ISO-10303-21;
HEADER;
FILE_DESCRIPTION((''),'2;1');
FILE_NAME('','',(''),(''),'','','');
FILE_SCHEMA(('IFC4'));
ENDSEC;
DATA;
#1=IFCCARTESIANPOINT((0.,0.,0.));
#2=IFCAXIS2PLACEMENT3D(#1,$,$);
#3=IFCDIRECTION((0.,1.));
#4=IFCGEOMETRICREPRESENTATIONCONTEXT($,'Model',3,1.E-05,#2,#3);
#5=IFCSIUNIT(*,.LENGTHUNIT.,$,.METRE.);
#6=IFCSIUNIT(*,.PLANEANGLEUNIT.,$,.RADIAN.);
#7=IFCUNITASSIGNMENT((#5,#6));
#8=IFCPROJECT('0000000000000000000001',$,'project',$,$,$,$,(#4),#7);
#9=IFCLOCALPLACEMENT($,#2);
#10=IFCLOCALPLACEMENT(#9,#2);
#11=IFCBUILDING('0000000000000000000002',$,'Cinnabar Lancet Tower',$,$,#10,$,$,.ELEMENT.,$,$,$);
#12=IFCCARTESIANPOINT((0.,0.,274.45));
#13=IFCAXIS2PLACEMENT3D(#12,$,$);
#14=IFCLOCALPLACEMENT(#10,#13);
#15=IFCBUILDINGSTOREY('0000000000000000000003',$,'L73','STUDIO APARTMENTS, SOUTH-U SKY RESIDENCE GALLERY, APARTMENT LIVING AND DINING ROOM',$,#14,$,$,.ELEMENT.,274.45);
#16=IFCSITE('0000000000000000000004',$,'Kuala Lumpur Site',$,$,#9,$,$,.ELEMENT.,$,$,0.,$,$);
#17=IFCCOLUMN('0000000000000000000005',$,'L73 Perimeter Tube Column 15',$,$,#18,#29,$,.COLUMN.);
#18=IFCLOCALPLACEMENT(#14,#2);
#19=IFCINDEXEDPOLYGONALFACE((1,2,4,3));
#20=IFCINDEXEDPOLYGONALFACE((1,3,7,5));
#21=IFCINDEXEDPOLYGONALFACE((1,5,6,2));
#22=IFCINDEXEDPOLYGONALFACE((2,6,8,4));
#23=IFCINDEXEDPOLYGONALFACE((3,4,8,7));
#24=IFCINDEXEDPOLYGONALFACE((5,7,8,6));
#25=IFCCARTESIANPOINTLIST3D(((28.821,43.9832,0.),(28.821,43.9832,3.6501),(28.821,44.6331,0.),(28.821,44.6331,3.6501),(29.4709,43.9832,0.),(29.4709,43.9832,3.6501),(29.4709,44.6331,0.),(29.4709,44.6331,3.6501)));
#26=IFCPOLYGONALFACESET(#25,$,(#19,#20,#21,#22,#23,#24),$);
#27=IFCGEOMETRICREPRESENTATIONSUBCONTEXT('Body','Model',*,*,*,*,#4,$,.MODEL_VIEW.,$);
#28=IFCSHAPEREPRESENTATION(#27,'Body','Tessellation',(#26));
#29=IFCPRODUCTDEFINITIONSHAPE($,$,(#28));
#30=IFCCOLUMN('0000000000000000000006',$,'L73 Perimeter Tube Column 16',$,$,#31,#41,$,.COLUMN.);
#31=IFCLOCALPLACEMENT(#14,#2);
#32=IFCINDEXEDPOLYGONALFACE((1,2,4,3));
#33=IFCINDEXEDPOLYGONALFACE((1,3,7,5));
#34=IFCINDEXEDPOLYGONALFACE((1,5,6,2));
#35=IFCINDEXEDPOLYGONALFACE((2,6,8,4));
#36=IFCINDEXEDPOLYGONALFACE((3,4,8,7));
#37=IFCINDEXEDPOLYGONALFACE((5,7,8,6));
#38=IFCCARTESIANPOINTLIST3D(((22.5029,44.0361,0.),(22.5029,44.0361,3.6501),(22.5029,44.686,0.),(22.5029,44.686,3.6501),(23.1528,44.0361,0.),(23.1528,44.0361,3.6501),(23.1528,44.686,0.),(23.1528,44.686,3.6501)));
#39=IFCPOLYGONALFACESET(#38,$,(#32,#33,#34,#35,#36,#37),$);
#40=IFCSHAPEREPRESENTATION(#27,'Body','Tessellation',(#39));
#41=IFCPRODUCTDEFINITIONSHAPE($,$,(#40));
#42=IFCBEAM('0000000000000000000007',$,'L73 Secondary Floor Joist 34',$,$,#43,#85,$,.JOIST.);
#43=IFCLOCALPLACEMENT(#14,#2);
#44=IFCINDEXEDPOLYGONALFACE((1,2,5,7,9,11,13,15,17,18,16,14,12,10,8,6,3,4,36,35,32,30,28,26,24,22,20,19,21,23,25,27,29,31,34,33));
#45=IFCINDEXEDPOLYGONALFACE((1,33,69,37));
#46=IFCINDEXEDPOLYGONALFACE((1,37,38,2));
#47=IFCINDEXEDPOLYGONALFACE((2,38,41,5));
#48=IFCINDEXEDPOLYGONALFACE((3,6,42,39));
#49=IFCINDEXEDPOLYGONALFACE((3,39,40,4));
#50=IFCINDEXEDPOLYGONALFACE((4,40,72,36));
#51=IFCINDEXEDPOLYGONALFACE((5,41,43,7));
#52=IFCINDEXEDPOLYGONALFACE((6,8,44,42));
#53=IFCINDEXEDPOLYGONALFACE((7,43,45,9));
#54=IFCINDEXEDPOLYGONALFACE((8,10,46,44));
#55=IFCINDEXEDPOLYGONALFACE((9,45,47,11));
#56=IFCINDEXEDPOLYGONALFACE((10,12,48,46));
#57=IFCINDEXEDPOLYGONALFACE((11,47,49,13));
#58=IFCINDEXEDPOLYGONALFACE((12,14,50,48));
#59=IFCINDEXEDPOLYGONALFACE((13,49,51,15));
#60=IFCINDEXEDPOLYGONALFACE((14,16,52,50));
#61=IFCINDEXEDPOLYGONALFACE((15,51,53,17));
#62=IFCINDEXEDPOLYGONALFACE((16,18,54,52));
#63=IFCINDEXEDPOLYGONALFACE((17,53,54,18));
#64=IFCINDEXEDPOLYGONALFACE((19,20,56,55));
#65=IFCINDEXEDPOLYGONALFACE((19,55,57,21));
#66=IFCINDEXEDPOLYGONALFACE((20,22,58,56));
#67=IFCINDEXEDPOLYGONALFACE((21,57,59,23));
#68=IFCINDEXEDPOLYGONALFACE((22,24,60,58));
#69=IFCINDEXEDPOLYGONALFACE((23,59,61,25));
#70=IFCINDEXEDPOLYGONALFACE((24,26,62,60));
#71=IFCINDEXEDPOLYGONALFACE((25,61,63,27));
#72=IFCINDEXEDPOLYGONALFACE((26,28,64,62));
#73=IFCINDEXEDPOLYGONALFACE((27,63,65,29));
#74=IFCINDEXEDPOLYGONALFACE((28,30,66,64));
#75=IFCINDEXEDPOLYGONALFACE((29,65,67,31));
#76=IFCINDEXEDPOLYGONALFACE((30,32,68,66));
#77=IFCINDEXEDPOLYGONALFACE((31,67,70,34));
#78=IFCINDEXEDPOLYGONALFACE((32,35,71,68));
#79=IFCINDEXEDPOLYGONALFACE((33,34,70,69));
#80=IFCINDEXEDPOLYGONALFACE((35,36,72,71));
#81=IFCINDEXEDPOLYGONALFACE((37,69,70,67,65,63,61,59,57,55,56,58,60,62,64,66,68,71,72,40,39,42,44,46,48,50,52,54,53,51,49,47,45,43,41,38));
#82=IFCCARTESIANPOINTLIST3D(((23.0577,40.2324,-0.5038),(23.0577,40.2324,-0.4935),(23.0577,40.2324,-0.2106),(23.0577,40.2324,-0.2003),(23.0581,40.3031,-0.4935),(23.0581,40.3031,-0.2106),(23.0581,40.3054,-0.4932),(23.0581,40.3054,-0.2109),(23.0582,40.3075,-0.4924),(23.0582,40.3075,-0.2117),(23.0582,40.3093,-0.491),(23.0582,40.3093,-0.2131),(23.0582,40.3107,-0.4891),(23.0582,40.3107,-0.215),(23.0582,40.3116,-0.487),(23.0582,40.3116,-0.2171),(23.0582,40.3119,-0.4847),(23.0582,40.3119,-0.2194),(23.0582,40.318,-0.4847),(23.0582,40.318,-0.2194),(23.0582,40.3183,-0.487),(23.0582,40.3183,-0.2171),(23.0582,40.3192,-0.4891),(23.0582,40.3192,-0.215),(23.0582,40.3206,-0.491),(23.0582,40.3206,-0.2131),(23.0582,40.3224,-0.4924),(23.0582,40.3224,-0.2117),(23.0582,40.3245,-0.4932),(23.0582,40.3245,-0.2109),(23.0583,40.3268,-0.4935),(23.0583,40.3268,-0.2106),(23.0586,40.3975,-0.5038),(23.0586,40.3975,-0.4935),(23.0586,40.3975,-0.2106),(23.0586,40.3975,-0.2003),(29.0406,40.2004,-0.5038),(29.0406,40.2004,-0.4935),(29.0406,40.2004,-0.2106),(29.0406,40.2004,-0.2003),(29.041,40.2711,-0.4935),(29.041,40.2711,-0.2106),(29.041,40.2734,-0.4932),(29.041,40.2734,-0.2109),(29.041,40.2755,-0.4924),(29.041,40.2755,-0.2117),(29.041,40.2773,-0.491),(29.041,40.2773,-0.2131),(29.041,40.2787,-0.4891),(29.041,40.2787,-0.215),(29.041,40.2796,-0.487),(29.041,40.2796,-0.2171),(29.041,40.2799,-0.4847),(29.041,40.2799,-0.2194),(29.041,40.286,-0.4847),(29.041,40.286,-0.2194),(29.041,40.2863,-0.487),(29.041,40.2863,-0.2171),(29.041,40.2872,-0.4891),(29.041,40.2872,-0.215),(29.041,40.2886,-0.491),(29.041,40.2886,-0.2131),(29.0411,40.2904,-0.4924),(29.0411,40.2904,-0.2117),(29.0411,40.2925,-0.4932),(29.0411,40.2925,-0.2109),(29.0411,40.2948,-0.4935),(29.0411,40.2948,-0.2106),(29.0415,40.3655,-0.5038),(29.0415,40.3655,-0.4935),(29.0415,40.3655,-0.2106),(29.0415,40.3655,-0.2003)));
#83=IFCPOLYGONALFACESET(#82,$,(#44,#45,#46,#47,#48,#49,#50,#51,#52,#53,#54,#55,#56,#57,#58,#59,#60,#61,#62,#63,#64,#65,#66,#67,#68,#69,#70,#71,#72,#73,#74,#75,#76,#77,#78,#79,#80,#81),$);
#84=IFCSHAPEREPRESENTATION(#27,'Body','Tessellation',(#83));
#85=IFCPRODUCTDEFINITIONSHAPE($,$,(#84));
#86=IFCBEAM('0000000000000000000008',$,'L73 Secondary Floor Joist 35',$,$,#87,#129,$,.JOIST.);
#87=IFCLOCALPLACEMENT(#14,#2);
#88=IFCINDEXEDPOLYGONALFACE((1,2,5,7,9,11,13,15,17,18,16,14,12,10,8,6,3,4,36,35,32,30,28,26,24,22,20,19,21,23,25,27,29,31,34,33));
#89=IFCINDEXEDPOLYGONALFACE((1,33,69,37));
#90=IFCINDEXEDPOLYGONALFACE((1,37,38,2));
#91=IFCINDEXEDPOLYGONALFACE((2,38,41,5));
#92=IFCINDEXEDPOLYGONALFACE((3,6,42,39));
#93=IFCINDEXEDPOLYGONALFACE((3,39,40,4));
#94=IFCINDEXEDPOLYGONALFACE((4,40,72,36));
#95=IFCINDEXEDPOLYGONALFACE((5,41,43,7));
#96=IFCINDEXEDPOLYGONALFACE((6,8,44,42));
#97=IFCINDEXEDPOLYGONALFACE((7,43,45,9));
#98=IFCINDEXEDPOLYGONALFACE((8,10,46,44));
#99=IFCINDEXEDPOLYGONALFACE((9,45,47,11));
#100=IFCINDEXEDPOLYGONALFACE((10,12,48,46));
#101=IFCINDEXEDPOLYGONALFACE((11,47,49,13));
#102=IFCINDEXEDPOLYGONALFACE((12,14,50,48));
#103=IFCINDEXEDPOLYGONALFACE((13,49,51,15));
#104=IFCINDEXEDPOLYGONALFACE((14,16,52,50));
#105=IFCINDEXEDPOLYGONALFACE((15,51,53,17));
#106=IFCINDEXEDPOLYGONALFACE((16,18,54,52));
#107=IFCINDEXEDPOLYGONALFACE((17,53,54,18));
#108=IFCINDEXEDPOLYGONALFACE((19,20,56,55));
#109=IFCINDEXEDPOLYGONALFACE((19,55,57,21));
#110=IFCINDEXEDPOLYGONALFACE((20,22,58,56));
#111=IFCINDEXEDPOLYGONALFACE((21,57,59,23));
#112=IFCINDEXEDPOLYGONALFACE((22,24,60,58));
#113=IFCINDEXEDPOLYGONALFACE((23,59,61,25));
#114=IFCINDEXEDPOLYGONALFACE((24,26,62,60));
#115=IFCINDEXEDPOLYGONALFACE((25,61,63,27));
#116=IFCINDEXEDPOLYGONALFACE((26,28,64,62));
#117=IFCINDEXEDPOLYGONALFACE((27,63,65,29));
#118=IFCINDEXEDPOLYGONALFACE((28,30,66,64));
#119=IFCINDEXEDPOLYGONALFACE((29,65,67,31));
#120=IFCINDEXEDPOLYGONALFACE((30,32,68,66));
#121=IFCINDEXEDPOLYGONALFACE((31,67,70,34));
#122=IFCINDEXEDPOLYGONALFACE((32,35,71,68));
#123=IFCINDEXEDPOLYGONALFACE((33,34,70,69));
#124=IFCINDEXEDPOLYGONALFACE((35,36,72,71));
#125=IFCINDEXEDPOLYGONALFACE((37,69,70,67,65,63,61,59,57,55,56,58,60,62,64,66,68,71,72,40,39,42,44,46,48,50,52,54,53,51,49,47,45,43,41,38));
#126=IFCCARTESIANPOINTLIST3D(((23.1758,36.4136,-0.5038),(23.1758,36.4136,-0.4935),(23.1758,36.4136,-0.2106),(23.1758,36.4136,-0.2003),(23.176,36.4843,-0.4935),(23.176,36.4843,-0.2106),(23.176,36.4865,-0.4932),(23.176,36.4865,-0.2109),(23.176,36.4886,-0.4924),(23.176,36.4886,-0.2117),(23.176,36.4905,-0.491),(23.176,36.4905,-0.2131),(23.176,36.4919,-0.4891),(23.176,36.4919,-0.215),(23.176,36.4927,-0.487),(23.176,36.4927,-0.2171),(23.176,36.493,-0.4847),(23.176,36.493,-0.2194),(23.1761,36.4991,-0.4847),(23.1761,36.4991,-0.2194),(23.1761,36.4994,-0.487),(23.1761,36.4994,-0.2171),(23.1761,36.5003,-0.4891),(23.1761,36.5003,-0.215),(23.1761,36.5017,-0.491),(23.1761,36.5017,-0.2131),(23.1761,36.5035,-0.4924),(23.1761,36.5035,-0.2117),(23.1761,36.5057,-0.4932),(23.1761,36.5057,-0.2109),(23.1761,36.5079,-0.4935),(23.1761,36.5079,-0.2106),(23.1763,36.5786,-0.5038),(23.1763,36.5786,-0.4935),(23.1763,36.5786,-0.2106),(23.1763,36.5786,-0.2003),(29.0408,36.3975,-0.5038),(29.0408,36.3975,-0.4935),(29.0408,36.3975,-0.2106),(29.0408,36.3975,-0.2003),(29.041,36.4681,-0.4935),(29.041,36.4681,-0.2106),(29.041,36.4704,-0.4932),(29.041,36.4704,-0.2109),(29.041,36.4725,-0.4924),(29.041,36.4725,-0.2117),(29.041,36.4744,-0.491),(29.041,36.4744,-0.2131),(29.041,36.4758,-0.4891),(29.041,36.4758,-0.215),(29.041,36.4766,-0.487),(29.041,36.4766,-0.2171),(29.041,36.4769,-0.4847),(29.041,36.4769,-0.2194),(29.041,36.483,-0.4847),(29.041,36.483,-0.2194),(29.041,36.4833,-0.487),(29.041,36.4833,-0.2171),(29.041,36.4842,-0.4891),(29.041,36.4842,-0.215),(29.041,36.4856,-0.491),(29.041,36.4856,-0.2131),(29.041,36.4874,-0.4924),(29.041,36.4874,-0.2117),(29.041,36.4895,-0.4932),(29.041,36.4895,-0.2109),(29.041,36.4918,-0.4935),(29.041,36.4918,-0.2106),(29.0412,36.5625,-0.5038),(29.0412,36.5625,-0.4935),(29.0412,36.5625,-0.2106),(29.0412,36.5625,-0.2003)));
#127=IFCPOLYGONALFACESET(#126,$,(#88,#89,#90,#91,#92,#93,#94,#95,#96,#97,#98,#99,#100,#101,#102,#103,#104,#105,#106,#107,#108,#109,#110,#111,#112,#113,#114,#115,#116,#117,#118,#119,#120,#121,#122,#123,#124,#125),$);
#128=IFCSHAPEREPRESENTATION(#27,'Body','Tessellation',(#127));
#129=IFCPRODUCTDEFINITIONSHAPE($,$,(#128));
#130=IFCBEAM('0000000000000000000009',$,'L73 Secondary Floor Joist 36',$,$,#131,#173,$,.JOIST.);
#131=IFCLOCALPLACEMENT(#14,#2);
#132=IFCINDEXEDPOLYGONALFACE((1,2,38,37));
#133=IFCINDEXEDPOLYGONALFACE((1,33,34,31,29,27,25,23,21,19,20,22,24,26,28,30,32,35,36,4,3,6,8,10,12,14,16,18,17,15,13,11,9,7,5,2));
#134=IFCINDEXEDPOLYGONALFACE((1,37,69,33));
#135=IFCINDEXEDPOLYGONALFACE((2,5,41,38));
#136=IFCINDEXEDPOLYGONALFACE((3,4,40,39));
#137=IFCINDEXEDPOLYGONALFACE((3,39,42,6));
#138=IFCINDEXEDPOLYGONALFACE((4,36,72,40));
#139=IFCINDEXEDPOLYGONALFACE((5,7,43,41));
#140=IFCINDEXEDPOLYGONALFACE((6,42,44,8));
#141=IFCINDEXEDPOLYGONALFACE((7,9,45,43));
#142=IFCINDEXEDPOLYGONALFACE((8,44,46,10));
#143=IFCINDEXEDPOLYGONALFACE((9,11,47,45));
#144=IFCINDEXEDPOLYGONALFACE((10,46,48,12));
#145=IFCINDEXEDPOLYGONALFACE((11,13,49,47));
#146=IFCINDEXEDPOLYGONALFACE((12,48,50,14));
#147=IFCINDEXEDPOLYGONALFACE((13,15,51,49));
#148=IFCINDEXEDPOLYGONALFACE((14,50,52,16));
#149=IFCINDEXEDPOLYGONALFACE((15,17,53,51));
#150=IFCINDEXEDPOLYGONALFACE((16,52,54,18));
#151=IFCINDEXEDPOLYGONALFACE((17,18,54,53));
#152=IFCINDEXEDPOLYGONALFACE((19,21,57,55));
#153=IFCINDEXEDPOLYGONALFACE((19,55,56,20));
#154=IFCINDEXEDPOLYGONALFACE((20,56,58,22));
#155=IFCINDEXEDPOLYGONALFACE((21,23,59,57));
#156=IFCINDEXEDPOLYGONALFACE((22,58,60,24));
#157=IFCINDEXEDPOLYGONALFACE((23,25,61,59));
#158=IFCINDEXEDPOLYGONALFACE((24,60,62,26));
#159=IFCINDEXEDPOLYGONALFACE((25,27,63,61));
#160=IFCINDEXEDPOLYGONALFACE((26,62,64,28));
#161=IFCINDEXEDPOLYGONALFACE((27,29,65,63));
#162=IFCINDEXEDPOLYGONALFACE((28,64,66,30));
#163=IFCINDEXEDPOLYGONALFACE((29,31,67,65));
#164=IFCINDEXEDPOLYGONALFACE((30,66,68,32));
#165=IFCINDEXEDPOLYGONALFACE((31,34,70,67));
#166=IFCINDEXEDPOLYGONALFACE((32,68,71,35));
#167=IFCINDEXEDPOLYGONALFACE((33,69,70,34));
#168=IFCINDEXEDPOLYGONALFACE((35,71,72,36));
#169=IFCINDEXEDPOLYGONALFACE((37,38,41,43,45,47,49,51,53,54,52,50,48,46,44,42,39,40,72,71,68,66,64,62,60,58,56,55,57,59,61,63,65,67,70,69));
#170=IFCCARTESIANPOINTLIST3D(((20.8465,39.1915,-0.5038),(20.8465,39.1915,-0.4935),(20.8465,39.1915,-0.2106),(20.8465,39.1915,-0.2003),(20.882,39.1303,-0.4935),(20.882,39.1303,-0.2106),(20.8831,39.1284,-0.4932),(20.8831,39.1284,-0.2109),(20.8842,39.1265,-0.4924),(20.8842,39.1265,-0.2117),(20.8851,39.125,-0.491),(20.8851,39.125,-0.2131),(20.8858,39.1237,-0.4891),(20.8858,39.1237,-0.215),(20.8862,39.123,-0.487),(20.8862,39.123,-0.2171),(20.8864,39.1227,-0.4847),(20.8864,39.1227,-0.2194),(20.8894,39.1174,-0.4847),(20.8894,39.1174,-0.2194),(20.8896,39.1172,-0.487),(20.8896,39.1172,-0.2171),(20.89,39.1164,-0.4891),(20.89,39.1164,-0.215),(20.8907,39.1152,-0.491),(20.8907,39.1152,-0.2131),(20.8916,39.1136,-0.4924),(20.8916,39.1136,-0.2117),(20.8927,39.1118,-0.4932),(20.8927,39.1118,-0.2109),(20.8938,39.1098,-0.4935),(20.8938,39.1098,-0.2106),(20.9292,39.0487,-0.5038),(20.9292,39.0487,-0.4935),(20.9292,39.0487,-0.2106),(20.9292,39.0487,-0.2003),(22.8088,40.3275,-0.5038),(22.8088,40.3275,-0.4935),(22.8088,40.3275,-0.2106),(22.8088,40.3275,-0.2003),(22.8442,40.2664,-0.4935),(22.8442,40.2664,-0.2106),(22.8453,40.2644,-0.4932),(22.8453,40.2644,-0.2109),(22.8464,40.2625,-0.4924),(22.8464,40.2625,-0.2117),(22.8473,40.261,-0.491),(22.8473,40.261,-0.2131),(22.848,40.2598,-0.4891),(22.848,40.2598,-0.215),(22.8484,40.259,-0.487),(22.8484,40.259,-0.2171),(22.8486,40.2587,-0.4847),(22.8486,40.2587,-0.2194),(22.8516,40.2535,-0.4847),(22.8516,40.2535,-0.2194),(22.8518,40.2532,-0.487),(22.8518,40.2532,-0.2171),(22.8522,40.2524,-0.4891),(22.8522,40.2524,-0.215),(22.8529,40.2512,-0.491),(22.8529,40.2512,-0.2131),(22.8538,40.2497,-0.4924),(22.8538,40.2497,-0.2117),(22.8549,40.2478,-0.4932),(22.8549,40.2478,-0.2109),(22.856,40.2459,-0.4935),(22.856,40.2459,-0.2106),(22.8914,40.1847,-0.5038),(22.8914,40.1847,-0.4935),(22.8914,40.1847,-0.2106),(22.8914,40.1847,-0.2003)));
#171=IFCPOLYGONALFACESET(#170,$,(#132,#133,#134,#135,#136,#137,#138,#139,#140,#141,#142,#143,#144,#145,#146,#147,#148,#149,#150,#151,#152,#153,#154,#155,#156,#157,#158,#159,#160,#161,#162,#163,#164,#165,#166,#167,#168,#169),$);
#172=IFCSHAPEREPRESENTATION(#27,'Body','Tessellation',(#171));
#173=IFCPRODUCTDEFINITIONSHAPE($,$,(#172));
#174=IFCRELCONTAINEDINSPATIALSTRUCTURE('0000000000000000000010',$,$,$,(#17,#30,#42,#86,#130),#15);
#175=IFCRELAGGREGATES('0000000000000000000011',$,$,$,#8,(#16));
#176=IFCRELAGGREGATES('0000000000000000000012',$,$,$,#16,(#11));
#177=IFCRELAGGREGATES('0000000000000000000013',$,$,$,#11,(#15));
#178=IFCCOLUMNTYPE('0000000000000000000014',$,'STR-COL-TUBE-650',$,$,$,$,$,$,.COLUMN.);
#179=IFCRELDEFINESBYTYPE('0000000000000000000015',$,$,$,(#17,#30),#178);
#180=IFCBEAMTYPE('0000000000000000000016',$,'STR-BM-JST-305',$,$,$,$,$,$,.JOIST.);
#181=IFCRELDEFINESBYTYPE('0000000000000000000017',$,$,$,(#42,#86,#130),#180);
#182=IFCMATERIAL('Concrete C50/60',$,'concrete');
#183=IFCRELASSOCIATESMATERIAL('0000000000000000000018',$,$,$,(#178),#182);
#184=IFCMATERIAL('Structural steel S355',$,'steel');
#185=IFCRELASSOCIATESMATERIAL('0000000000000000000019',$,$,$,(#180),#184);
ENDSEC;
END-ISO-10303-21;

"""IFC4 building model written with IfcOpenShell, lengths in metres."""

from ifc_helpers import new_model, si_unit, direction, frame, origin, origin_2d, place, context, subcontext, project, spatial, rectangle, i_section, extrude, material, material_profile, profile_set, type_object, element, save


model = new_model("IFC4")

# Units and contexts
model_context = context("Model", 3, precision=1e-05, world=origin(), true_north=direction((0.0, 1.0)))
body_context = subcontext(model_context, "Body", "Model", "MODEL_VIEW")
ifc_project = project(units=[si_unit("LENGTHUNIT", "METRE"), si_unit("PLANEANGLEUNIT", "RADIAN")], contexts=[model_context])

# Site, building, storey
site_placement = place(None, origin())
site = spatial("IfcSite", under=ifc_project, at=site_placement, Name="Kuala Lumpur Site", CompositionType="ELEMENT", RefElevation=0.0)
building_placement = place(site_placement, origin())
building = spatial("IfcBuilding", under=site, at=building_placement, Name="Cinnabar Lancet Tower", CompositionType="ELEMENT")
storey_placement = place(building_placement, frame((0.0, 0.0, 274.45)))
storey = spatial("IfcBuildingStorey", under=building, at=storey_placement, Name="L73", Description="STUDIO APARTMENTS, SOUTH-U SKY RESIDENCE GALLERY, APARTMENT LIVING AND DINING ROOM", CompositionType="ELEMENT", Elevation=274.45)

# Columns
ifc_material_1 = material(Name="Concrete C50/60", Category="concrete")
ifc_material_profile_1 = material_profile(ifc_material_1, rectangle(XDim=0.6499, YDim=0.6499, at=origin_2d()), Name="RC-COL 650x650")
ifc_profile_set_1 = profile_set([ifc_material_profile_1], Name="Concrete C50/60")
column_type = type_object("IfcColumnType", Name="STR-COL-TUBE-650", PredefinedType="COLUMN", material=ifc_profile_set_1)
for number, where, z_axis, x_axis, name in (
    (1, (29.146, 44.3081, 0.0), (0.0, 0.0, 1.0), (1.0, 0.0, 0.0), "L73 Perimeter Tube Column 15"),
    (2, (22.8279, 44.3611, 0.0), (0.0, 0.0, 1.0), (1.0, 0.0, 0.0), "L73 Perimeter Tube Column 16"),
):
    element("IfcColumn", number, at=place(storey_placement, frame(where, z_axis=z_axis, x_axis=x_axis)), inside=storey, type_object=column_type, Name=name, PredefinedType="COLUMN", context=body_context, shape_type="SweptSolid", body=[
        extrude(rectangle(XDim=0.6499, YDim=0.6499, at=origin_2d()), origin(), (0.0, 0.0, 1.0), 3.6501),
    ])

# Beams
ifc_material_2 = material(Name="Structural steel S355", Category="steel")
ifc_material_profile_2 = material_profile(ifc_material_2, i_section(OverallWidth=0.165, OverallDepth=0.3035, WebThickness=0.0061, FlangeThickness=0.0103, FilletRadius=0.0088, at=origin_2d()), Name="UKB 305x165x40")
ifc_profile_set_2 = profile_set([ifc_material_profile_2], Name="Structural steel S355")
beam_type_1 = type_object("IfcBeamType", Name="STR-BM-JST-305", PredefinedType="JOIST", material=ifc_profile_set_2)
beam_1_placement = place(storey_placement, frame((29.041, 40.283, -0.3521), z_axis=(-0.999986, 0.005346, 0.0), x_axis=(-0.005346, -0.999986, 0.0)))
element("IfcBeam", 3, at=beam_1_placement, inside=storey, type_object=beam_type_1, Name="L73 Secondary Floor Joist 34", PredefinedType="JOIST", context=body_context, shape_type="SweptSolid", body=[
    extrude(i_section(OverallWidth=0.165, OverallDepth=0.3035, WebThickness=0.0061, FlangeThickness=0.0103, FilletRadius=0.0088, at=origin_2d()), origin(), (0.0, 0.0, 1.0), 5.9829),
])
beam_2_placement = place(storey_placement, frame((29.041, 36.48, -0.3521), z_axis=(-0.999996, 0.002747, 0.0), x_axis=(-0.002747, -0.999996, 0.0)))
element("IfcBeam", 4, at=beam_2_placement, inside=storey, type_object=beam_type_1, Name="L73 Secondary Floor Joist 35", PredefinedType="JOIST", context=body_context, shape_type="SweptSolid", body=[
    extrude(i_section(OverallWidth=0.165, OverallDepth=0.3035, WebThickness=0.0061, FlangeThickness=0.0103, FilletRadius=0.0088, at=origin_2d()), origin(), (0.0, 0.0, 1.0), 5.865),
])
beam_3_placement = place(storey_placement, frame((22.8501, 40.2561, -0.3521), z_axis=(-0.865426, -0.501036, 0.0), x_axis=(0.501036, -0.865426, 0.0)))
element("IfcBeam", 5, at=beam_3_placement, inside=storey, type_object=beam_type_1, Name="L73 Secondary Floor Joist 36", PredefinedType="JOIST", context=body_context, shape_type="SweptSolid", body=[
    extrude(i_section(OverallWidth=0.165, OverallDepth=0.3035, WebThickness=0.0061, FlangeThickness=0.0103, FilletRadius=0.0088, at=origin_2d()), origin(), (0.0, 0.0, 1.0), 2.2673),
])

save(model, "model.ifc")
